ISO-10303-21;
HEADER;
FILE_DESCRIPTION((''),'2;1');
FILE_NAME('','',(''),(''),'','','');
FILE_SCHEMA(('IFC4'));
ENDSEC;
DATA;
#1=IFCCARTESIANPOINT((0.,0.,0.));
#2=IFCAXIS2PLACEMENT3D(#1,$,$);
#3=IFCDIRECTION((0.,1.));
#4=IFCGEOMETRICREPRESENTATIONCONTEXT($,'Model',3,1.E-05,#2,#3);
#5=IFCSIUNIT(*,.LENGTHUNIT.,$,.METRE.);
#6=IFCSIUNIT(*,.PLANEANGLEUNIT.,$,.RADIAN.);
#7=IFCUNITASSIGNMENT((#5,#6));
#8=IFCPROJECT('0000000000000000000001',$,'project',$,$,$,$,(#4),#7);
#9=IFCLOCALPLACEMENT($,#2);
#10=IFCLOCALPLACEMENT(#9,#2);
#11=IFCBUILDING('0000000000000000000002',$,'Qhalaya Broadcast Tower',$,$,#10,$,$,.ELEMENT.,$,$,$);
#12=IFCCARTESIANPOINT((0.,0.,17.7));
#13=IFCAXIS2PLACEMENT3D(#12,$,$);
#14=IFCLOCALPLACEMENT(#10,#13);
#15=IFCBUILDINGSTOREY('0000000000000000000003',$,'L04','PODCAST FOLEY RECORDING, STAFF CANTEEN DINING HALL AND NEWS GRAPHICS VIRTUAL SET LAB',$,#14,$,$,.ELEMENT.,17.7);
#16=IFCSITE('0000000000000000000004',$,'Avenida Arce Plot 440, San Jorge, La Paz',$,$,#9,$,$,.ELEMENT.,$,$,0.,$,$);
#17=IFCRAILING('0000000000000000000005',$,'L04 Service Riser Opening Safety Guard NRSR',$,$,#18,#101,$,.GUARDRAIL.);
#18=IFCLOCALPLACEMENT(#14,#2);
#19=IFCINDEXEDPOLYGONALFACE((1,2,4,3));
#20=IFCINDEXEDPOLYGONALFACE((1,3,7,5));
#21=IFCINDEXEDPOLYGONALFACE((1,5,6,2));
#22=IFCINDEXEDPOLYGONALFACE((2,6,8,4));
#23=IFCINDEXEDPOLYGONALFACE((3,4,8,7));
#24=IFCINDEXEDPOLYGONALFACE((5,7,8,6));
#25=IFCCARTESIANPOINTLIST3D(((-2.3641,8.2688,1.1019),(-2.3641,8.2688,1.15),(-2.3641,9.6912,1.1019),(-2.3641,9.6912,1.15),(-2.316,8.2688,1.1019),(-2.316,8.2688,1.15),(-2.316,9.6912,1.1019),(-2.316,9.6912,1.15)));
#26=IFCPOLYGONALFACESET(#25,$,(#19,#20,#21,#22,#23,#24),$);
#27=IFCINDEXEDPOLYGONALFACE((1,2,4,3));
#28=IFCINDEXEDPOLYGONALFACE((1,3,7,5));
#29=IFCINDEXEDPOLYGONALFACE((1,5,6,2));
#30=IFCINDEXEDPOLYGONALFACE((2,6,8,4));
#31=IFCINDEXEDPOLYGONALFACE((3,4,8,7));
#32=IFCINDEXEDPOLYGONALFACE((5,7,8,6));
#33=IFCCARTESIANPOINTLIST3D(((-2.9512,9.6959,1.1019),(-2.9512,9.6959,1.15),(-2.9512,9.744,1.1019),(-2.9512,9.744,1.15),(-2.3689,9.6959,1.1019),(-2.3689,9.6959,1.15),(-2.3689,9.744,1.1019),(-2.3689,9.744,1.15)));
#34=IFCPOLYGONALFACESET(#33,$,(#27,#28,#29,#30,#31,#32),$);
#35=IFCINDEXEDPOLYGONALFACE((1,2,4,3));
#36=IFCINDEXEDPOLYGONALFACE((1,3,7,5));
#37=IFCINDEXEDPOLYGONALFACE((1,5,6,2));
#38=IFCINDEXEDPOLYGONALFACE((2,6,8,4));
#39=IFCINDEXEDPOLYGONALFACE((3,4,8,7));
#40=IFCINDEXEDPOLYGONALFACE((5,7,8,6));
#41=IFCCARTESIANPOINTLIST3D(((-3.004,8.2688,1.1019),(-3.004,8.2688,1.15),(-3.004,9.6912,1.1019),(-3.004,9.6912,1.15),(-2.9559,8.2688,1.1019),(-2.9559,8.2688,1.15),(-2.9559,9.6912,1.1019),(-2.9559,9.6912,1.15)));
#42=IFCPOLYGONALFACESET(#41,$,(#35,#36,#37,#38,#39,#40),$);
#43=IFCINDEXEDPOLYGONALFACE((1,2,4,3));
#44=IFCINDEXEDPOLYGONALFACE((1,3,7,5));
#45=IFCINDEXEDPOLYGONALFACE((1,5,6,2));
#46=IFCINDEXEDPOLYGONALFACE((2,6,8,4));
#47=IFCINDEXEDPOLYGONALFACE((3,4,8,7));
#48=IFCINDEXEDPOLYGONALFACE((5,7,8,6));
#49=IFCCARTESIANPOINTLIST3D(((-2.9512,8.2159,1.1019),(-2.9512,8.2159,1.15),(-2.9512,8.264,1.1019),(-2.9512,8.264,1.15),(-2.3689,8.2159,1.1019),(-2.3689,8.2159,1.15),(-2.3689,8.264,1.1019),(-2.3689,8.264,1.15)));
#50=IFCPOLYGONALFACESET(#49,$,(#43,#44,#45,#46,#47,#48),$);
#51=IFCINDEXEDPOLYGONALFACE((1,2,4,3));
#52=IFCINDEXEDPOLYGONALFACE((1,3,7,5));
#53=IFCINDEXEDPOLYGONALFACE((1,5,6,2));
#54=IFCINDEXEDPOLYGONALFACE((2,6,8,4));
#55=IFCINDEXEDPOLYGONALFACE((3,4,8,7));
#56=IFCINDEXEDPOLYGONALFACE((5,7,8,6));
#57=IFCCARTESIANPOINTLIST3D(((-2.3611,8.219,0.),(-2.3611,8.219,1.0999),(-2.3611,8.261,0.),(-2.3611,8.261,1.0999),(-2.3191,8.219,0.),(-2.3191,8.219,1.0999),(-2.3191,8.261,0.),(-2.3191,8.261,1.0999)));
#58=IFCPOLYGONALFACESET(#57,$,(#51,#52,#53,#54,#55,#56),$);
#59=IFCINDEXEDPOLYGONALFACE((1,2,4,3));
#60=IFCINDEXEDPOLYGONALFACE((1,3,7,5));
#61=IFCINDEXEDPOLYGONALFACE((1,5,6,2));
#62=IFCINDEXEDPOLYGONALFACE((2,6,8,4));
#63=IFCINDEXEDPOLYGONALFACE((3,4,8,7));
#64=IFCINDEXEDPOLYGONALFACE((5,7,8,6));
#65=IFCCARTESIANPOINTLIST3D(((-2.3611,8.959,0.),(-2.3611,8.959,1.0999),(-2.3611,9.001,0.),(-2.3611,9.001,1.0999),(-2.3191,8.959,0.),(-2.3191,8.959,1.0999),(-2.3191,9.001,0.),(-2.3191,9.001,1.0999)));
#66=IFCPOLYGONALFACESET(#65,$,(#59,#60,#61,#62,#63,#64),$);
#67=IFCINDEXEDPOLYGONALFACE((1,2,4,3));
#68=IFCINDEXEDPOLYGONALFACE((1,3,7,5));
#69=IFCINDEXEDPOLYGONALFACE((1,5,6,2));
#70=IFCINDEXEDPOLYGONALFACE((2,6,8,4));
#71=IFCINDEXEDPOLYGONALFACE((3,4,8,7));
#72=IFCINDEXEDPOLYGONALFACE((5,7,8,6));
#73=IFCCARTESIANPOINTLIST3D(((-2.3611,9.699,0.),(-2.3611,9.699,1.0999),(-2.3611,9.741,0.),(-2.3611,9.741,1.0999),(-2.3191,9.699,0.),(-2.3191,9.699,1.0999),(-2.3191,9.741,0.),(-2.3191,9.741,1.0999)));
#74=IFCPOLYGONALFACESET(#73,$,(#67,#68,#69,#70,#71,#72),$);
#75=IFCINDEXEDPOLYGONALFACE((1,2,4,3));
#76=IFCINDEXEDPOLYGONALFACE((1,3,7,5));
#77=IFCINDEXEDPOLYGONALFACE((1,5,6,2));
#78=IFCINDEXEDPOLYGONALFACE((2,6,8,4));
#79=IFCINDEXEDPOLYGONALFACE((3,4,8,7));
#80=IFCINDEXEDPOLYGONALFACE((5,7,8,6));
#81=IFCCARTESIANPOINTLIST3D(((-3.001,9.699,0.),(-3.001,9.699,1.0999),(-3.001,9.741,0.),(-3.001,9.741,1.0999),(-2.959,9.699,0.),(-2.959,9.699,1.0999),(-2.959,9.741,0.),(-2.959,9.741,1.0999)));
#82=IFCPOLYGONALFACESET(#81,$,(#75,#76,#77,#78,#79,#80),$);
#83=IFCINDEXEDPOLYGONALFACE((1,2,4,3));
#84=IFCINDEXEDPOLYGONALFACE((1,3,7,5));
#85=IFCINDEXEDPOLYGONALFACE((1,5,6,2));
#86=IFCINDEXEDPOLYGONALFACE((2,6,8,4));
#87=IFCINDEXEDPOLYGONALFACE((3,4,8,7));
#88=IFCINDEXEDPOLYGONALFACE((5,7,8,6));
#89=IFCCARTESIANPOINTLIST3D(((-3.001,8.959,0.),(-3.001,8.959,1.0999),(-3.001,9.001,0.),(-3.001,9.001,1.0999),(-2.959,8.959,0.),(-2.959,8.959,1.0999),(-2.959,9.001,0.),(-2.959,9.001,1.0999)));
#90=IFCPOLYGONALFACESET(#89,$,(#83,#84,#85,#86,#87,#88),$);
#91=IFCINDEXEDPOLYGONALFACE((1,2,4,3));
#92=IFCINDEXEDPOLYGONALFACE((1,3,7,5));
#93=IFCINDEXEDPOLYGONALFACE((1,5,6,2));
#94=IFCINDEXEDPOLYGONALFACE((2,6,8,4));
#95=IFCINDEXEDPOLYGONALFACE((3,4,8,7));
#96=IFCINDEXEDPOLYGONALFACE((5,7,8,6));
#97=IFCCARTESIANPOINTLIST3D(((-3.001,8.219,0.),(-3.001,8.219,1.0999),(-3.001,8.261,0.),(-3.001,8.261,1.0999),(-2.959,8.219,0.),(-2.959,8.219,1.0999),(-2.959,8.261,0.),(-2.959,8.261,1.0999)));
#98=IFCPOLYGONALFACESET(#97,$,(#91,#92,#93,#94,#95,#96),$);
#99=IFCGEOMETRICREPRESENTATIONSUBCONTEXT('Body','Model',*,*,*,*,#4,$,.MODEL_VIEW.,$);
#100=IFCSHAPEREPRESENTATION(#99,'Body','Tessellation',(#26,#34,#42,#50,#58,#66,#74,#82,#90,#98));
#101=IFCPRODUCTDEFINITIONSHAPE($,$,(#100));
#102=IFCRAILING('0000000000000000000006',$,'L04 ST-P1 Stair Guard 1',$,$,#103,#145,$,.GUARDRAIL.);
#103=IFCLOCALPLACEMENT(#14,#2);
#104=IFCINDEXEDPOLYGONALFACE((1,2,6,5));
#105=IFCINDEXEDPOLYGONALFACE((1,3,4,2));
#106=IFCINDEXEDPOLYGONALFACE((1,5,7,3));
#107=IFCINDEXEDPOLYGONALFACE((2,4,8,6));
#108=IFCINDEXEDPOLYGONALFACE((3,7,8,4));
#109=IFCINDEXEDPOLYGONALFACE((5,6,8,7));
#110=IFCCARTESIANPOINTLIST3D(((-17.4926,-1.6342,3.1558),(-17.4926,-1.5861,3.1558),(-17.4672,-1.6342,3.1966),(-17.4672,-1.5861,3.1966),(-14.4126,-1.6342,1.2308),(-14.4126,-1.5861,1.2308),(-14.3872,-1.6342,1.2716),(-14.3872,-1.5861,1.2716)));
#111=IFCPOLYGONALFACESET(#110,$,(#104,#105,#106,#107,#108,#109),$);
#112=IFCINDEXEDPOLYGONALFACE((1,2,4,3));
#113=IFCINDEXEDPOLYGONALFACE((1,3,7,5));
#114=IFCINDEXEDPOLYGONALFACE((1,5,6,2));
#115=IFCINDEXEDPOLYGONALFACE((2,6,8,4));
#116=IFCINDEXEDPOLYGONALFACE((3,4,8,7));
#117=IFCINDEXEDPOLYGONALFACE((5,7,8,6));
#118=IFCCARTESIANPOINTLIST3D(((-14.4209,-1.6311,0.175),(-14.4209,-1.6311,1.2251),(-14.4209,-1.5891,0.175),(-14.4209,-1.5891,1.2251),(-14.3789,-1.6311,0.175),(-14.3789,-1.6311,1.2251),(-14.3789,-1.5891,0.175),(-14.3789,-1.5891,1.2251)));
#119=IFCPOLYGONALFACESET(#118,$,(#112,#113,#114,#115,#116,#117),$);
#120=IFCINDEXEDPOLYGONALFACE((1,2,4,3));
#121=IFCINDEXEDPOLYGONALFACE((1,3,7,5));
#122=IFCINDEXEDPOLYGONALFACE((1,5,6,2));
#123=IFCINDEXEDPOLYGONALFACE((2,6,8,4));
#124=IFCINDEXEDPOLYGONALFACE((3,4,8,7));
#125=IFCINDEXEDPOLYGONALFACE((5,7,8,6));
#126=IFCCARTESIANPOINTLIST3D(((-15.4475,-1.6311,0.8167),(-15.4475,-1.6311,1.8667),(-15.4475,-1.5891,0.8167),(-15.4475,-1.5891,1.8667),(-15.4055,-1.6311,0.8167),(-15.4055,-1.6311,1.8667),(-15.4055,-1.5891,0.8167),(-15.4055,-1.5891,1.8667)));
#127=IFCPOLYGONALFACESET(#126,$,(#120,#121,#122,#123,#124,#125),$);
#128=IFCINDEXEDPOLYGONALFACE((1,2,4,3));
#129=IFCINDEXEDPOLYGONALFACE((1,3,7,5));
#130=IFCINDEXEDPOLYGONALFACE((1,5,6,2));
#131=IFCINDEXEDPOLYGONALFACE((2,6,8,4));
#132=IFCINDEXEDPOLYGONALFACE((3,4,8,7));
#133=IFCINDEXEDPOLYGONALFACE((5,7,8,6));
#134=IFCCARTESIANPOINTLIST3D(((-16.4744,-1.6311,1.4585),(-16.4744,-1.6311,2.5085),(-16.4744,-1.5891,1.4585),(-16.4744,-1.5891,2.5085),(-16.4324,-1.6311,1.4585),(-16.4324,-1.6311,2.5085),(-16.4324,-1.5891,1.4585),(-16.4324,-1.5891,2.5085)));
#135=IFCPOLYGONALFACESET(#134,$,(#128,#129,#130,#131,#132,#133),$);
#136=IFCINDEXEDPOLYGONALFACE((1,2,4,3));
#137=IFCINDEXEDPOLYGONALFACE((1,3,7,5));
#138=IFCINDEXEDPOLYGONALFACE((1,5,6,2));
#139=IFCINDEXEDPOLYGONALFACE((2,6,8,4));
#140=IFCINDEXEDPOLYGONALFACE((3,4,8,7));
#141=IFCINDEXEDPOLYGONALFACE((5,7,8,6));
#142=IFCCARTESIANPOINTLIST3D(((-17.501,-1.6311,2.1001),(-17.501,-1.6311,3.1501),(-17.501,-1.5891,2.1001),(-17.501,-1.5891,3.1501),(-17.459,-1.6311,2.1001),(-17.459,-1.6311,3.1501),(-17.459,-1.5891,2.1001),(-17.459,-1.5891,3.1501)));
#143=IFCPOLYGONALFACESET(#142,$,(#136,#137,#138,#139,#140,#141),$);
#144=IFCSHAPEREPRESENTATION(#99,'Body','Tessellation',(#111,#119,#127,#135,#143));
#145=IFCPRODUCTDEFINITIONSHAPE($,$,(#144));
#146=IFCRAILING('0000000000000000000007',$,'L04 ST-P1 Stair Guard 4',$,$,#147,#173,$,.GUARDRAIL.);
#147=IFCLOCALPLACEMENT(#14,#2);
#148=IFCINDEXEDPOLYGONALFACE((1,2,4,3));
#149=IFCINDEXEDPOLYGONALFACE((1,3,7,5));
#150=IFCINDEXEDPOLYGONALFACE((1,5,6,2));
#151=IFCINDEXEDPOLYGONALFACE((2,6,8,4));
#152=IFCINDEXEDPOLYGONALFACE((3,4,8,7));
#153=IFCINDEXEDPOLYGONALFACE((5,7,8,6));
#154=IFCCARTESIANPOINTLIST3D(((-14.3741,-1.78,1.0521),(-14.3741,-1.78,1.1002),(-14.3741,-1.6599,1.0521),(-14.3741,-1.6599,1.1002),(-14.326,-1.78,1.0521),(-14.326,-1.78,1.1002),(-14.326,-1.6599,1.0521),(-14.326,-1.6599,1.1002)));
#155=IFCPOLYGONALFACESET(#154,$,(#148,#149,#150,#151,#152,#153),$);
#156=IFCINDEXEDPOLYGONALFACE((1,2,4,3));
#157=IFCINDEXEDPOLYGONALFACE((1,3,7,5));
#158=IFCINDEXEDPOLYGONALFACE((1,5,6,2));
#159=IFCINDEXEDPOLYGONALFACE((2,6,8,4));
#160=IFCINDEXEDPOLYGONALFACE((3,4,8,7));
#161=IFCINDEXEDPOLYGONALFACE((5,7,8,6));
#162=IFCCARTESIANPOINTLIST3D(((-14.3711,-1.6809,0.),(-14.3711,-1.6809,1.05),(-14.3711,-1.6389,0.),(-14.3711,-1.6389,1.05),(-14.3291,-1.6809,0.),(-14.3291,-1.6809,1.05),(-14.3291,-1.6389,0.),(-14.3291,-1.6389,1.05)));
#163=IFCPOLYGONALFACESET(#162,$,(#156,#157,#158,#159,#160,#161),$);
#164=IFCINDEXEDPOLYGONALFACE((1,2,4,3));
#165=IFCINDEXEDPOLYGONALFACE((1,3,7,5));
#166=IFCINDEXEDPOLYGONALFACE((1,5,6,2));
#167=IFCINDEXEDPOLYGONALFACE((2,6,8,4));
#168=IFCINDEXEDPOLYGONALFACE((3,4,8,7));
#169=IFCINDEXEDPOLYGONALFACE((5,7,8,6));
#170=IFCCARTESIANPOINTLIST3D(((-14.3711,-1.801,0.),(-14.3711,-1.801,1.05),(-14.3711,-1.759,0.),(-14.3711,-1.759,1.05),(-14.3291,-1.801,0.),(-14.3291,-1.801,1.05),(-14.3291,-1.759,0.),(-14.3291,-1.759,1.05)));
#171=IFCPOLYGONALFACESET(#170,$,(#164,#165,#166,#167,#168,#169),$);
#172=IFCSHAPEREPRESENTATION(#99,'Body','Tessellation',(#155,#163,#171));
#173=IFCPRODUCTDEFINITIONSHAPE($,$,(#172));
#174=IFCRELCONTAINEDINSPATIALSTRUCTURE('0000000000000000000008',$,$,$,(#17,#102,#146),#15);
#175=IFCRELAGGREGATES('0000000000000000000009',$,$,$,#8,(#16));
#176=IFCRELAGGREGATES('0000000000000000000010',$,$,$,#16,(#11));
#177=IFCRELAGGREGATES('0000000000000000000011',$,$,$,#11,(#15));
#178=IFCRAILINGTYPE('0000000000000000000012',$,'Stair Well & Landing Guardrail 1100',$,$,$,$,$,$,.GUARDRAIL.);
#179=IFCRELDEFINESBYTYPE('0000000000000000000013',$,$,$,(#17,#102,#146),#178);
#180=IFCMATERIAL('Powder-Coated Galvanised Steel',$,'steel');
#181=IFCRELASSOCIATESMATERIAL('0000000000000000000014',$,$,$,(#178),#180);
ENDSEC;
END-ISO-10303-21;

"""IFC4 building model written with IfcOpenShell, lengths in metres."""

from ifc_helpers import new_model, si_unit, direction, frame, origin, origin_2d, place, context, subcontext, project, spatial, rectangle, extrude, material, type_object, element, save


model = new_model("IFC4")

# Units and contexts
model_context = context("Model", 3, precision=1e-05, world=origin(), true_north=direction((0.0, 1.0)))
body_context = subcontext(model_context, "Body", "Model", "MODEL_VIEW")
ifc_project = project(units=[si_unit("LENGTHUNIT", "METRE"), si_unit("PLANEANGLEUNIT", "RADIAN")], contexts=[model_context])

# Site, building, storey
site_placement = place(None, origin())
site = spatial("IfcSite", under=ifc_project, at=site_placement, Name="Avenida Arce Plot 440, San Jorge, La Paz", CompositionType="ELEMENT", RefElevation=0.0)
building_placement = place(site_placement, origin())
building = spatial("IfcBuilding", under=site, at=building_placement, Name="Qhalaya Broadcast Tower", CompositionType="ELEMENT")
storey_placement = place(building_placement, frame((0.0, 0.0, 17.7)))
storey = spatial("IfcBuildingStorey", under=building, at=storey_placement, Name="L04", Description="PODCAST FOLEY RECORDING, STAFF CANTEEN DINING HALL AND NEWS GRAPHICS VIRTUAL SET LAB", CompositionType="ELEMENT", Elevation=17.7)

# Railings
ifc_material_1 = material(Name="Powder-Coated Galvanised Steel", Category="steel")
railing_type_1 = type_object("IfcRailingType", Name="Stair Well & Landing Guardrail 1100", PredefinedType="GUARDRAIL", material=ifc_material_1)
railing_1_placement = place(storey_placement, frame((-2.3401, 8.24, 0.0)))
element("IfcRailing", 1, at=railing_1_placement, inside=storey, type_object=railing_type_1, Name="L04 Service Riser Opening Safety Guard NRSR", PredefinedType="GUARDRAIL", context=body_context, shape_type="SweptSolid", body=[
    extrude(rectangle(XDim=0.0481, YDim=0.0481, at=origin_2d()), frame((0.0, 0.0288, 1.126), z_axis=(0.0, 1.0, 0.0), x_axis=(-1.0, 0.0, 0.0)), (0.0, 0.0, 1.0), 1.4224),
    extrude(rectangle(XDim=0.0481, YDim=0.0481, at=origin_2d()), frame((-0.0288, 1.48, 1.126), z_axis=(-1.0, 0.0, 0.0), x_axis=(0.0, -1.0, 0.0)), (0.0, 0.0, 1.0), 0.5823),
    extrude(rectangle(XDim=0.0481, YDim=0.0481, at=origin_2d()), frame((-0.6399, 1.4512, 1.126), z_axis=(0.0, -1.0, 0.0), x_axis=(1.0, 0.0, 0.0)), (0.0, 0.0, 1.0), 1.4224),
    extrude(rectangle(XDim=0.0481, YDim=0.0481, at=origin_2d()), frame((-0.6111, 0.0, 1.126), z_axis=(1.0, 0.0, 0.0), x_axis=(0.0, 1.0, 0.0)), (0.0, 0.0, 1.0), 0.5823),
    extrude(rectangle(XDim=0.042, YDim=0.042, at=origin_2d()), origin(), (0.0, 0.0, 1.0), 1.0999),
    extrude(rectangle(XDim=0.042, YDim=0.042, at=origin_2d()), frame((0.0, 0.74, 0.0)), (0.0, 0.0, 1.0), 1.0999),
    extrude(rectangle(XDim=0.042, YDim=0.042, at=origin_2d()), frame((0.0, 1.48, 0.0)), (0.0, 0.0, 1.0), 1.0999),
    extrude(rectangle(XDim=0.042, YDim=0.042, at=origin_2d()), frame((-0.6399, 1.48, 0.0)), (0.0, 0.0, 1.0), 1.0999),
    extrude(rectangle(XDim=0.042, YDim=0.042, at=origin_2d()), frame((-0.6399, 0.74, 0.0)), (0.0, 0.0, 1.0), 1.0999),
    extrude(rectangle(XDim=0.042, YDim=0.042, at=origin_2d()), frame((-0.6399, 0.0, 0.0)), (0.0, 0.0, 1.0), 1.0999),
])
railing_2_placement = place(storey_placement, frame((-14.3999, -1.6101, 0.175)))
element("IfcRailing", 2, at=railing_2_placement, inside=storey, type_object=railing_type_1, Name="L04 ST-P1 Stair Guard 1", PredefinedType="GUARDRAIL", context=body_context, shape_type="SweptSolid", body=[
    extrude(rectangle(XDim=0.0481, YDim=0.0481, at=origin_2d()), frame((0.0, 0.0, 1.0762), z_axis=(-0.847998, 0.0, 0.529999), x_axis=(0.0, -1.0, 0.0)), (0.0, 0.0, 1.0), 3.6321),
    extrude(rectangle(XDim=0.042, YDim=0.042, at=origin_2d()), origin(), (0.0, 0.0, 1.0), 1.05),
    extrude(rectangle(XDim=0.042, YDim=0.042, at=origin_2d()), frame((-1.0266, 0.0, 0.6416)), (0.0, 0.0, 1.0), 1.05),
    extrude(rectangle(XDim=0.042, YDim=0.042, at=origin_2d()), frame((-2.0535, 0.0, 1.2834)), (0.0, 0.0, 1.0), 1.05),
    extrude(rectangle(XDim=0.042, YDim=0.042, at=origin_2d()), frame((-3.0801, 0.0, 1.925)), (0.0, 0.0, 1.0), 1.05),
])
railing_3_placement = place(storey_placement, frame((-14.3501, -1.6599, 0.0)))
element("IfcRailing", 3, at=railing_3_placement, inside=storey, type_object=railing_type_1, Name="L04 ST-P1 Stair Guard 4", PredefinedType="GUARDRAIL", context=body_context, shape_type="SweptSolid", body=[
    extrude(rectangle(XDim=0.0481, YDim=0.0481, at=origin_2d()), frame((0.0, 0.0, 1.0762), z_axis=(0.0, -1.0, 0.0), x_axis=(1.0, 0.0, 0.0)), (0.0, 0.0, 1.0), 0.1201),
    extrude(rectangle(XDim=0.042, YDim=0.042, at=origin_2d()), origin(), (0.0, 0.0, 1.0), 1.05),
    extrude(rectangle(XDim=0.042, YDim=0.042, at=origin_2d()), frame((0.0, -0.1201, 0.0)), (0.0, 0.0, 1.0), 1.05),
])

save(model, "model.ifc")
